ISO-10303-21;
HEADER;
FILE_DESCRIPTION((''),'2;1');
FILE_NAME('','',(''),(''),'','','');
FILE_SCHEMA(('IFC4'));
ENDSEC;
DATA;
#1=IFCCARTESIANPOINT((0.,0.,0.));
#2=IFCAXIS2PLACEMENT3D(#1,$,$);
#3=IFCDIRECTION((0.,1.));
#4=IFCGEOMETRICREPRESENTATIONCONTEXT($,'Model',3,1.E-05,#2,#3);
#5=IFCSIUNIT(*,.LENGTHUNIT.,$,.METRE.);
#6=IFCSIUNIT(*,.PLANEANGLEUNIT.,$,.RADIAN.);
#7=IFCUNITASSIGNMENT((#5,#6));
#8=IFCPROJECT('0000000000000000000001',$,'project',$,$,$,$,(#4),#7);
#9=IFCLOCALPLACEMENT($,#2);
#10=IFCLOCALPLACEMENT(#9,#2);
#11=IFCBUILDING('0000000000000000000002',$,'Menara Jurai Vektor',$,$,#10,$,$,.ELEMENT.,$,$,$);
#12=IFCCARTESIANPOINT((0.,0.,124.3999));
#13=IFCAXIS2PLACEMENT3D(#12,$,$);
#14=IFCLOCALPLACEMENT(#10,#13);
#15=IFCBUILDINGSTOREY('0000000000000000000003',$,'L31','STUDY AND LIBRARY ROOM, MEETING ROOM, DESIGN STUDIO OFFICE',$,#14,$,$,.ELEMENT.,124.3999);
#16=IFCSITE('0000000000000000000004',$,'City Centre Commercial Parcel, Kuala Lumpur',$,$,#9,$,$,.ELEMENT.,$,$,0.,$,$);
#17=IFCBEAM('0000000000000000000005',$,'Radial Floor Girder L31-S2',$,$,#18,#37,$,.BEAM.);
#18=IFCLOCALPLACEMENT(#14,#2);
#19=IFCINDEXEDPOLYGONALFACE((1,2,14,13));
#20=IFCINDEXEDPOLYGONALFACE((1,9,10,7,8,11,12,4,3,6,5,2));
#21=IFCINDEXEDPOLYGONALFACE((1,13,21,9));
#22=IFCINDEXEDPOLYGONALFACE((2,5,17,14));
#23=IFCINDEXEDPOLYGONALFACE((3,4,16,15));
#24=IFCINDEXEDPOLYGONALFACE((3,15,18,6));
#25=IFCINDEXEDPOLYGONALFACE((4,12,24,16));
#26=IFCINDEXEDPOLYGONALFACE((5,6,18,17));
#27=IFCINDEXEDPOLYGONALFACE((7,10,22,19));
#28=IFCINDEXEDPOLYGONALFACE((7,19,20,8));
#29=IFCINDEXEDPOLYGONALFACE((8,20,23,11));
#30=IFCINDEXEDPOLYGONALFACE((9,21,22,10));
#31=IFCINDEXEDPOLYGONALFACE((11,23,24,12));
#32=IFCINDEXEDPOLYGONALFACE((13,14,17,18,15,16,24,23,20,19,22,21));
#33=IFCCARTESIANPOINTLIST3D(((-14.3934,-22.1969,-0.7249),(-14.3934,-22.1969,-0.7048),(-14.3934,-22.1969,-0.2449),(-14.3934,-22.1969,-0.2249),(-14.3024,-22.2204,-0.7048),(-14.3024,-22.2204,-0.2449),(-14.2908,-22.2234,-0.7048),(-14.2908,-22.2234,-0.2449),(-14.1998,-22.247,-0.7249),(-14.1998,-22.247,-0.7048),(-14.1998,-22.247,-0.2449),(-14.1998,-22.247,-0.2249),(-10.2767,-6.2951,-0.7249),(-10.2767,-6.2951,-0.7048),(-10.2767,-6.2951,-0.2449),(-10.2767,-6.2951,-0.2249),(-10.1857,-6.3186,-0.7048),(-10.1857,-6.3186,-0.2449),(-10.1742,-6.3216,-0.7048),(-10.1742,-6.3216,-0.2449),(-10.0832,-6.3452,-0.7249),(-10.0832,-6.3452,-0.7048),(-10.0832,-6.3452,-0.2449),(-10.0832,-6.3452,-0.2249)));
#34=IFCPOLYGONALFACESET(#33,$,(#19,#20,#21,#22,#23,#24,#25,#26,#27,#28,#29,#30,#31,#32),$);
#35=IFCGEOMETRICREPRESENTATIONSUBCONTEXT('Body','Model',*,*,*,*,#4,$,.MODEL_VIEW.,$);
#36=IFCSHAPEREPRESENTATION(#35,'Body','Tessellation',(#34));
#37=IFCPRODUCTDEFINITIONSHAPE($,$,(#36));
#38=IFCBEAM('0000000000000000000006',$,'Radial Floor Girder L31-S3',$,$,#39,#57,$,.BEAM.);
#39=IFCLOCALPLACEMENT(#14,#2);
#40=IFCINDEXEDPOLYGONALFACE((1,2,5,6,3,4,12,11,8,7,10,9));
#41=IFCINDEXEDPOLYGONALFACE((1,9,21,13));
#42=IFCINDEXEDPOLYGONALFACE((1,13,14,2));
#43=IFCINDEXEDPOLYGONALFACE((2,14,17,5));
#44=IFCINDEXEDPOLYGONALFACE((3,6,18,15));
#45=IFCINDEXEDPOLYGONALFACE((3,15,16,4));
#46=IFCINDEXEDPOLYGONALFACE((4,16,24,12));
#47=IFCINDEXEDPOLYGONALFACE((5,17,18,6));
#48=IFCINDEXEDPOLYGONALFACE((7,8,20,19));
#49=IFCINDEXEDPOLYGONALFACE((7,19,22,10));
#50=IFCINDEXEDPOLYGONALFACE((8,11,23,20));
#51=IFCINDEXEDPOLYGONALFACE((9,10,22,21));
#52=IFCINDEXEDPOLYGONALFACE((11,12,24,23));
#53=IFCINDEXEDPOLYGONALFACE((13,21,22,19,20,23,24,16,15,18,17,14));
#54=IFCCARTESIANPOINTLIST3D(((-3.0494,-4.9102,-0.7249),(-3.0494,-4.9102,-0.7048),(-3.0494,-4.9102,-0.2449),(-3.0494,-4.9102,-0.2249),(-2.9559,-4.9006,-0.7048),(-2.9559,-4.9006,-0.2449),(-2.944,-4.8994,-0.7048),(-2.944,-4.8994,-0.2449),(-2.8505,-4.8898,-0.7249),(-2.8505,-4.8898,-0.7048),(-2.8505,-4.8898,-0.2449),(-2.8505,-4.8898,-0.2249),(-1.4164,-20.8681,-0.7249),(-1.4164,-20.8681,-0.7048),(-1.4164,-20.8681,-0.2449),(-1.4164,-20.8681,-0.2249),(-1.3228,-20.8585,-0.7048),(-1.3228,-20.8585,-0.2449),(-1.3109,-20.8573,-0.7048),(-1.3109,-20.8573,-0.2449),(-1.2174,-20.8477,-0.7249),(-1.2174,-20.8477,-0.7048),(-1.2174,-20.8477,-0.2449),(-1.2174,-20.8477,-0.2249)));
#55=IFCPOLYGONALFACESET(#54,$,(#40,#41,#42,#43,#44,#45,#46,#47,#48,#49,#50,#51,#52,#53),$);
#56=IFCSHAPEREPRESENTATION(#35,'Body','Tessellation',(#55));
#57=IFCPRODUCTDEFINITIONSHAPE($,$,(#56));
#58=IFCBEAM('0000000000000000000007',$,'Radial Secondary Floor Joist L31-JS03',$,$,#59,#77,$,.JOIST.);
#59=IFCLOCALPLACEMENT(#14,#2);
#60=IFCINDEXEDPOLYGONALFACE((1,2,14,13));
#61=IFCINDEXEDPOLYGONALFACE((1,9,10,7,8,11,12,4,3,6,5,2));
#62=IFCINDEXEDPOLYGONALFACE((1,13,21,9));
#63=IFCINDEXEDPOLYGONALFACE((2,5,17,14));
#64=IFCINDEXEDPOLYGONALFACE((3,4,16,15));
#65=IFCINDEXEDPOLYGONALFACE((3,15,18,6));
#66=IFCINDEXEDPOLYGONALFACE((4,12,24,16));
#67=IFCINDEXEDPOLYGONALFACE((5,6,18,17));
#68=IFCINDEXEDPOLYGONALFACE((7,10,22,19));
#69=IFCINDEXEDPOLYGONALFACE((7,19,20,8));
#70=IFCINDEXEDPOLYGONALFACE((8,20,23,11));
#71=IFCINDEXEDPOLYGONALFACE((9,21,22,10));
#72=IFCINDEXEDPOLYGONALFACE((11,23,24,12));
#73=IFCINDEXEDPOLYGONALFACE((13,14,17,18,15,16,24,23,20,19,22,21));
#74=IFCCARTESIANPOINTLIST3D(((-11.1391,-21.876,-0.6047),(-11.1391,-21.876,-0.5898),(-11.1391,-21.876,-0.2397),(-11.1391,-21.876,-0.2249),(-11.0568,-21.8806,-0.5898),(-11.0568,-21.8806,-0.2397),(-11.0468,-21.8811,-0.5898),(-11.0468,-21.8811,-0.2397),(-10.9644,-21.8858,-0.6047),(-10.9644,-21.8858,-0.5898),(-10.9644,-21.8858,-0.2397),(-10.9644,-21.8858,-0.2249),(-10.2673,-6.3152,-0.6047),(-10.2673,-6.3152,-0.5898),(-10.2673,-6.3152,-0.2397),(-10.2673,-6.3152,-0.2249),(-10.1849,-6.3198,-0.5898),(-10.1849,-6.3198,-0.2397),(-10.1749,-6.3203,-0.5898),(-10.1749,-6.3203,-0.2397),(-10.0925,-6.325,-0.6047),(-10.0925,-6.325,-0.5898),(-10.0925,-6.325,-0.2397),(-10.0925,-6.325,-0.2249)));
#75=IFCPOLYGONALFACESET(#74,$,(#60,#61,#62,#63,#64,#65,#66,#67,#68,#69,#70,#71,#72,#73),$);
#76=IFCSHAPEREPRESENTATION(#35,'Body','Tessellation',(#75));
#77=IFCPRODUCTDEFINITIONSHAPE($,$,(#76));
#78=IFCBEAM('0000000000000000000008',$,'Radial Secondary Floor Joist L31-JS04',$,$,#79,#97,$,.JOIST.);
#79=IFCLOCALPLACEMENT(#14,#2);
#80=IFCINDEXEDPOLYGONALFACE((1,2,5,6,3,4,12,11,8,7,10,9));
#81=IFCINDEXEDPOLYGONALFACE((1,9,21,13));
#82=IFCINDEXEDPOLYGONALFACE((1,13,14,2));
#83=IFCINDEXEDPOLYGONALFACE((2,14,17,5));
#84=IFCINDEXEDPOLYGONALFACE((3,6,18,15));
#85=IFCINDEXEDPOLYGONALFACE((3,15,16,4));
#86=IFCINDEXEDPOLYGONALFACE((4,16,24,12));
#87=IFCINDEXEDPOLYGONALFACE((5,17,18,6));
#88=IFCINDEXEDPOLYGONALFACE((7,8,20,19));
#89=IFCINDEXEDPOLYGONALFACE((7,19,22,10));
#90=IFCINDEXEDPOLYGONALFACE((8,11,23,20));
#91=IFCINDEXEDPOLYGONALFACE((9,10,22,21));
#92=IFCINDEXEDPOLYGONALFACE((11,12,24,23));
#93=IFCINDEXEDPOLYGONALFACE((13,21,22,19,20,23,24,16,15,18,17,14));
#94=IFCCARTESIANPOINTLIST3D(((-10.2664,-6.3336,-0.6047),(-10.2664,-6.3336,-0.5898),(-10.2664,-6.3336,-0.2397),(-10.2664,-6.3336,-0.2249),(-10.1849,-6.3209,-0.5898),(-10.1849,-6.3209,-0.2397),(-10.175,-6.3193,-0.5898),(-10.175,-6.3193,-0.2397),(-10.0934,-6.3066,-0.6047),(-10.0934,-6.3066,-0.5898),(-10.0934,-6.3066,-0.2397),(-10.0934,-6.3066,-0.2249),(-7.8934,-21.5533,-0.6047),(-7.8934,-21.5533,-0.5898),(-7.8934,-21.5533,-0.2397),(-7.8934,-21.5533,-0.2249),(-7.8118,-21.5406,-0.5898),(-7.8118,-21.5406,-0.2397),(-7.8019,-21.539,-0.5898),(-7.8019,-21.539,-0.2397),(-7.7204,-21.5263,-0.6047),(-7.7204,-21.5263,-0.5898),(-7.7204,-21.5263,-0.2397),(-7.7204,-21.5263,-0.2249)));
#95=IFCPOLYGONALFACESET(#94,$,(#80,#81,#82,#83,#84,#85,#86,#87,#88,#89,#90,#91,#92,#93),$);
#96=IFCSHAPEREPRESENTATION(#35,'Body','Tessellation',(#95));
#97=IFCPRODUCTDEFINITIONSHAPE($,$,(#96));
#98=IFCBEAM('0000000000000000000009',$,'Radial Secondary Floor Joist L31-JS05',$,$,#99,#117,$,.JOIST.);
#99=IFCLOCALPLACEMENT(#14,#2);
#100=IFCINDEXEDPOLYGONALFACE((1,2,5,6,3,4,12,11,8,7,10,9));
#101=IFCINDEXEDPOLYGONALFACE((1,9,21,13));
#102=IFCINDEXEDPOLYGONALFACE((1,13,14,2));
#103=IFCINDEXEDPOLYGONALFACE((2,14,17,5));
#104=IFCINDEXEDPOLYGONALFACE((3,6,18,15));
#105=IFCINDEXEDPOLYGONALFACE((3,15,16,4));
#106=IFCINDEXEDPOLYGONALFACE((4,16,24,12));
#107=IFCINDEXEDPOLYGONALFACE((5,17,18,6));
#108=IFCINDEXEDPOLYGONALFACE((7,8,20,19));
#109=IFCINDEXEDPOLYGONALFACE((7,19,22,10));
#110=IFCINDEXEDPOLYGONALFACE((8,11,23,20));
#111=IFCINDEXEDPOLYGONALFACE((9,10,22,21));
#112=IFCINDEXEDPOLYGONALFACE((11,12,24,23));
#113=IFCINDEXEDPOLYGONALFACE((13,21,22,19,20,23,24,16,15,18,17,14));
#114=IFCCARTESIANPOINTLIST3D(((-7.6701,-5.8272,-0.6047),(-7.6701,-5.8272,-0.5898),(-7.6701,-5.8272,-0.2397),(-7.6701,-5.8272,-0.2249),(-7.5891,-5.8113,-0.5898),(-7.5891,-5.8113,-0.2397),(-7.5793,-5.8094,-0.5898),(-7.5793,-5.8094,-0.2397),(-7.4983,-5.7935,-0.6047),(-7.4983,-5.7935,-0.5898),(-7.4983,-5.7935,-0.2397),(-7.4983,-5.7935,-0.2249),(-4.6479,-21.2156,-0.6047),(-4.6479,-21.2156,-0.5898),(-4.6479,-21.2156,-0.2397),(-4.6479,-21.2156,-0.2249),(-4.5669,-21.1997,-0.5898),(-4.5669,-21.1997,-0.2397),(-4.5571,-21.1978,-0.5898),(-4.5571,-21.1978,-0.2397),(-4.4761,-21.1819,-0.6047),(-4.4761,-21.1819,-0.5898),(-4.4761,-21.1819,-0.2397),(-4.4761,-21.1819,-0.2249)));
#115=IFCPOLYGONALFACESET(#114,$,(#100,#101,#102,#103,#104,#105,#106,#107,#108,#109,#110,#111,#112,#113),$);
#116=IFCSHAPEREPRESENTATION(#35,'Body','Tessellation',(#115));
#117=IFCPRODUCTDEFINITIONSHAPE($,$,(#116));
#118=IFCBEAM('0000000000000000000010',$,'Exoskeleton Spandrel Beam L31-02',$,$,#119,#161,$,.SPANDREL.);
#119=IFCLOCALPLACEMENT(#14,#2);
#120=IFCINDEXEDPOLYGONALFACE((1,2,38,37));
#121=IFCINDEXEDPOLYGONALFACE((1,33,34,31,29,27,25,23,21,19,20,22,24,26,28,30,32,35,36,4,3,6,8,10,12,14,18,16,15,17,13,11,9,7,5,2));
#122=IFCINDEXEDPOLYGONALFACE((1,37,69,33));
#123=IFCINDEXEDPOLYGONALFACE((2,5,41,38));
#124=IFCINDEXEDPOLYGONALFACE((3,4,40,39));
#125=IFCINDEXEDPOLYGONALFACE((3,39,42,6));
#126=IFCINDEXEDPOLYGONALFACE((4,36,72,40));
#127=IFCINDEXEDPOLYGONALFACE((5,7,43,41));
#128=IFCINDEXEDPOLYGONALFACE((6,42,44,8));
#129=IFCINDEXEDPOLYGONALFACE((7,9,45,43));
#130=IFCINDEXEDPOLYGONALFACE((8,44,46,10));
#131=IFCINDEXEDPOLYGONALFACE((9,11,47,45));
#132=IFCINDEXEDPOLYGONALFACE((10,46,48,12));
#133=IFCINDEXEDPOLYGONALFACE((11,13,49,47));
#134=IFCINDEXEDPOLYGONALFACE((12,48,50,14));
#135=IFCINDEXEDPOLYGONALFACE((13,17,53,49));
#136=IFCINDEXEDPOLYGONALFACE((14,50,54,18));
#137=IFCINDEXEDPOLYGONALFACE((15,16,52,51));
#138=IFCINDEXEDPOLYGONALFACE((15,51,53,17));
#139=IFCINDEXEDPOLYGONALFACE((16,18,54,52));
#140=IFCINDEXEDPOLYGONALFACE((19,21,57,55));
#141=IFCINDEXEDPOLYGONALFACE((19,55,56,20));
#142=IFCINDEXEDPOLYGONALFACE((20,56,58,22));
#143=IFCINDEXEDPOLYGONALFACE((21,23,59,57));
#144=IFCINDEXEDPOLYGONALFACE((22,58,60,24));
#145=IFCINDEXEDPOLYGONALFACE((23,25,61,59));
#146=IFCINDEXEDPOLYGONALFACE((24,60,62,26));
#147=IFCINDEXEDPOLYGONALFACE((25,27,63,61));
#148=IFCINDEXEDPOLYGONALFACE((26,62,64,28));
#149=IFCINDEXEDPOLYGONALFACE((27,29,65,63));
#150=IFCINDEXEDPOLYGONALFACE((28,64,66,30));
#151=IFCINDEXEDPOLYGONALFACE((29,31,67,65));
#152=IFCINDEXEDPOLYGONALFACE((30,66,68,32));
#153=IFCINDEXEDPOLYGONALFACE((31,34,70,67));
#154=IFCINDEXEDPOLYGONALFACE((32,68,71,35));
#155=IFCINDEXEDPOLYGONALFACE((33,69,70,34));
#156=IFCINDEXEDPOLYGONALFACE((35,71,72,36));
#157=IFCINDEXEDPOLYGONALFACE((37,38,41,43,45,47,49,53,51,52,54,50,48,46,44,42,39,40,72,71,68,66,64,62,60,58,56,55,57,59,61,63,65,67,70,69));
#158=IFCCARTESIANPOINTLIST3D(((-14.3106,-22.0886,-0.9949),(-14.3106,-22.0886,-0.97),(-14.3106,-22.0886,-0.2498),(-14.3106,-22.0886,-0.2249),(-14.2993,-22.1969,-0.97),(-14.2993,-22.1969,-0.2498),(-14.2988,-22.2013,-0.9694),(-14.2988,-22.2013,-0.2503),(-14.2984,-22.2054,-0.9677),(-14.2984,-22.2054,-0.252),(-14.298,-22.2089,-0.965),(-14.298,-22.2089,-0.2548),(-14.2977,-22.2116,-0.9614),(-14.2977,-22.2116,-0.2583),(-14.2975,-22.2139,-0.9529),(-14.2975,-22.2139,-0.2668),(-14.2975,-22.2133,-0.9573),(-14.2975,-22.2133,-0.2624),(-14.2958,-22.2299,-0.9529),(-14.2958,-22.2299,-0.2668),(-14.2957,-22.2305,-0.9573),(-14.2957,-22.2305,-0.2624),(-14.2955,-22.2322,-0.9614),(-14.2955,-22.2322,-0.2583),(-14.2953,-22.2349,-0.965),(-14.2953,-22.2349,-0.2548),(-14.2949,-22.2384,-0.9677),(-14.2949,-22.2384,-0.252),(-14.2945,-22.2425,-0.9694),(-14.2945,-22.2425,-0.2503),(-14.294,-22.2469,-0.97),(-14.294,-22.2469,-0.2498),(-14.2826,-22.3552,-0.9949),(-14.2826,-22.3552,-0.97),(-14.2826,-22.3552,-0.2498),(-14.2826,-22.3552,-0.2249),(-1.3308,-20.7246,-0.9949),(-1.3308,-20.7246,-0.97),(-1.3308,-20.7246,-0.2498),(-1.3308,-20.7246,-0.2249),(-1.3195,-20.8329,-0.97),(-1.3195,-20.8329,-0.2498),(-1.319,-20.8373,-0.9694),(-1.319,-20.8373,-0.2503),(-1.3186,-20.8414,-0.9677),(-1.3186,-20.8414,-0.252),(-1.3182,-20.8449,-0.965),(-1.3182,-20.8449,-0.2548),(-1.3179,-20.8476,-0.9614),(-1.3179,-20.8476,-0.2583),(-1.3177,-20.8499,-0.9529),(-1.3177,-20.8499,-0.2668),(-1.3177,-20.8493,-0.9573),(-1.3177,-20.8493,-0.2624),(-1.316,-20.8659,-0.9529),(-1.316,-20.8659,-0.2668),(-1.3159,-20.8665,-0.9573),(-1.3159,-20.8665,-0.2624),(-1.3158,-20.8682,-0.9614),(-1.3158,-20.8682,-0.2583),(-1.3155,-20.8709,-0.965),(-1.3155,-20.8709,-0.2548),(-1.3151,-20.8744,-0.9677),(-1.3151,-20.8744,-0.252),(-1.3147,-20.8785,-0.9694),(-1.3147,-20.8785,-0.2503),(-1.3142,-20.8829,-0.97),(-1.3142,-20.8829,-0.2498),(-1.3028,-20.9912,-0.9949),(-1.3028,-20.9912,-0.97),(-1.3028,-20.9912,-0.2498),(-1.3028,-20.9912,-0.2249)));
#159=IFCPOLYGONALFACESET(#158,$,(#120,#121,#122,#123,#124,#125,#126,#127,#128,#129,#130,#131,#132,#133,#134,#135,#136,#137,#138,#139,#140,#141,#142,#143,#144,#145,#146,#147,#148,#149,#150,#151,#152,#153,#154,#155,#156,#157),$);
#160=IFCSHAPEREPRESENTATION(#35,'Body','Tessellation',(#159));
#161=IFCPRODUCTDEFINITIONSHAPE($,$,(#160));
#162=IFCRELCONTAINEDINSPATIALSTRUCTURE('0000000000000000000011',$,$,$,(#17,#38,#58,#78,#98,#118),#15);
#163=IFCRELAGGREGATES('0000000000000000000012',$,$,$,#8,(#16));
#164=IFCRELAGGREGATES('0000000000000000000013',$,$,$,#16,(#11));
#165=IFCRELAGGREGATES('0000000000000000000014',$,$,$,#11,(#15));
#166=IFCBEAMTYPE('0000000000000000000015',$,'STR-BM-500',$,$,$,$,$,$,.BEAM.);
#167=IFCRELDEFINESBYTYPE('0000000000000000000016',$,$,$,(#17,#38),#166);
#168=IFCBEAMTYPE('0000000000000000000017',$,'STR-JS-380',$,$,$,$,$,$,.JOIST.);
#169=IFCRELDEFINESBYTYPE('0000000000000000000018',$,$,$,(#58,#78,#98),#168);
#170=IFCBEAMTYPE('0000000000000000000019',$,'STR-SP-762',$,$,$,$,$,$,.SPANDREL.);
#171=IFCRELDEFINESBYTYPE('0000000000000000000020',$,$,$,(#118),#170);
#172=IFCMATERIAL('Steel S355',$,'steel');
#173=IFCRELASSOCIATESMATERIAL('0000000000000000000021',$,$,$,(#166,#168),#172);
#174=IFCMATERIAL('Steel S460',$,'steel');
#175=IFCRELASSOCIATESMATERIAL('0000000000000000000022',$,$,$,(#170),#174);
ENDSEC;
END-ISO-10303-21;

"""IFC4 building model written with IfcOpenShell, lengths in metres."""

from ifc_helpers import new_model, si_unit, direction, frame, origin, origin_2d, place, context, subcontext, project, spatial, i_section, extrude, material, material_profile, profile_set, type_object, element, save


model = new_model("IFC4")

# Units and contexts
model_context = context("Model", 3, precision=1e-05, world=origin(), true_north=direction((0.0, 1.0)))
body_context = subcontext(model_context, "Body", "Model", "MODEL_VIEW")
ifc_project = project(units=[si_unit("LENGTHUNIT", "METRE"), si_unit("PLANEANGLEUNIT", "RADIAN")], contexts=[model_context])

# Site, building, storey
site_placement = place(None, origin())
site = spatial("IfcSite", under=ifc_project, at=site_placement, Name="City Centre Commercial Parcel, Kuala Lumpur", CompositionType="ELEMENT", RefElevation=0.0)
building_placement = place(site_placement, origin())
building = spatial("IfcBuilding", under=site, at=building_placement, Name="Menara Jurai Vektor", CompositionType="ELEMENT")
storey_placement = place(building_placement, frame((0.0, 0.0, 124.3999)))
storey = spatial("IfcBuildingStorey", under=building, at=storey_placement, Name="L31", Description="STUDY AND LIBRARY ROOM, MEETING ROOM, DESIGN STUDIO OFFICE", CompositionType="ELEMENT", Elevation=124.3999)

# Shared definitions
ifc_material_1 = material(Name="Steel S460", Category="steel")

# Beams
ifc_material_2 = material(Name="Steel S355", Category="steel")
ifc_material_profile_1 = material_profile(ifc_material_2, i_section(OverallWidth=0.2, OverallDepth=0.5, WebThickness=0.012, FlangeThickness=0.02, at=origin_2d()), Name="PG 500x200x96")
ifc_profile_set_1 = profile_set([ifc_material_profile_1], Name="Steel S355")
beam_type_1 = type_object("IfcBeamType", Name="STR-BM-500", PredefinedType="BEAM", material=ifc_profile_set_1)
beam_1_placement = place(storey_placement, frame((-14.2966, -22.2219, -0.4749), z_axis=(0.25062, 0.968086, 0.0), x_axis=(-0.968086, 0.25062, 0.0)))
element("IfcBeam", 1, at=beam_1_placement, inside=storey, type_object=beam_type_1, Name="Radial Floor Girder L31-S2", PredefinedType="BEAM", context=body_context, shape_type="SweptSolid", body=[
    extrude(i_section(OverallWidth=0.2, OverallDepth=0.5, WebThickness=0.012, FlangeThickness=0.02, at=origin_2d()), origin(), (0.0, 0.0, 1.0), 16.426),
])
beam_2_placement = place(storey_placement, frame((-1.3169, -20.8579, -0.4749), z_axis=(-0.101803, 0.994805, 0.0), x_axis=(-0.994805, -0.101803, 0.0)))
element("IfcBeam", 2, at=beam_2_placement, inside=storey, type_object=beam_type_1, Name="Radial Floor Girder L31-S3", PredefinedType="BEAM", context=body_context, shape_type="SweptSolid", body=[
    extrude(i_section(OverallWidth=0.2, OverallDepth=0.5, WebThickness=0.012, FlangeThickness=0.02, at=origin_2d()), origin(), (0.0, 0.0, 1.0), 16.0413),
])
ifc_material_profile_2 = material_profile(ifc_material_2, i_section(OverallWidth=0.175, OverallDepth=0.3799, WebThickness=0.01, FlangeThickness=0.0149, at=origin_2d()), Name="PG 380x175x58")
ifc_profile_set_2 = profile_set([ifc_material_profile_2], Name="Steel S355")
beam_type_2 = type_object("IfcBeamType", Name="STR-JS-380", PredefinedType="JOIST", material=ifc_profile_set_2)
beam_3_placement = place(storey_placement, frame((-11.0518, -21.8809, -0.4148), z_axis=(0.055939, 0.998434, 0.0), x_axis=(-0.998434, 0.055939, 0.0)))
element("IfcBeam", 3, at=beam_3_placement, inside=storey, type_object=beam_type_2, Name="Radial Secondary Floor Joist L31-JS03", PredefinedType="JOIST", context=body_context, shape_type="SweptSolid", body=[
    extrude(i_section(OverallWidth=0.175, OverallDepth=0.3799, WebThickness=0.01, FlangeThickness=0.0149, at=origin_2d()), origin(), (0.0, 0.0, 1.0), 15.5852),
])
beam_4_placement = place(storey_placement, frame((-7.8069, -21.5398, -0.4148), z_axis=(-0.154058, 0.988062, 0.0), x_axis=(-0.988062, -0.154058, 0.0)))
element("IfcBeam", 4, at=beam_4_placement, inside=storey, type_object=beam_type_2, Name="Radial Secondary Floor Joist L31-JS04", PredefinedType="JOIST", context=body_context, shape_type="SweptSolid", body=[
    extrude(i_section(OverallWidth=0.175, OverallDepth=0.3799, WebThickness=0.01, FlangeThickness=0.0149, at=origin_2d()), origin(), (0.0, 0.0, 1.0), 15.4036),
])
beam_5_placement = place(storey_placement, frame((-4.562, -21.1987, -0.4148), z_axis=(-0.192714, 0.981255, 0.0), x_axis=(-0.981255, -0.192714, 0.0)))
element("IfcBeam", 5, at=beam_5_placement, inside=storey, type_object=beam_type_2, Name="Radial Secondary Floor Joist L31-JS05", PredefinedType="JOIST", context=body_context, shape_type="SweptSolid", body=[
    extrude(i_section(OverallWidth=0.175, OverallDepth=0.3799, WebThickness=0.01, FlangeThickness=0.0149, at=origin_2d()), origin(), (0.0, 0.0, 1.0), 15.6824),
])
ifc_material_profile_3 = material_profile(ifc_material_1, i_section(OverallWidth=0.2681, OverallDepth=0.77, WebThickness=0.0161, FlangeThickness=0.0249, FilletRadius=0.0171, at=origin_2d()), Name="UKB 762x267x197")
ifc_profile_set_3 = profile_set([ifc_material_profile_3], Name="Steel S460")
beam_type_3 = type_object("IfcBeamType", Name="STR-SP-762", PredefinedType="SPANDREL", material=ifc_profile_set_3)
beam_6_placement = place(storey_placement, frame((-14.2966, -22.2219, -0.6099), z_axis=(0.994524, 0.104512, 0.0), x_axis=(-0.104512, 0.994524, 0.0)))
element("IfcBeam", 6, at=beam_6_placement, inside=storey, type_object=beam_type_3, Name="Exoskeleton Spandrel Beam L31-02", PredefinedType="SPANDREL", context=body_context, shape_type="SweptSolid", body=[
    extrude(i_section(OverallWidth=0.2681, OverallDepth=0.77, WebThickness=0.0161, FlangeThickness=0.0249, FilletRadius=0.0171, at=origin_2d()), origin(), (0.0, 0.0, 1.0), 13.0513),
])

save(model, "model.ifc")
